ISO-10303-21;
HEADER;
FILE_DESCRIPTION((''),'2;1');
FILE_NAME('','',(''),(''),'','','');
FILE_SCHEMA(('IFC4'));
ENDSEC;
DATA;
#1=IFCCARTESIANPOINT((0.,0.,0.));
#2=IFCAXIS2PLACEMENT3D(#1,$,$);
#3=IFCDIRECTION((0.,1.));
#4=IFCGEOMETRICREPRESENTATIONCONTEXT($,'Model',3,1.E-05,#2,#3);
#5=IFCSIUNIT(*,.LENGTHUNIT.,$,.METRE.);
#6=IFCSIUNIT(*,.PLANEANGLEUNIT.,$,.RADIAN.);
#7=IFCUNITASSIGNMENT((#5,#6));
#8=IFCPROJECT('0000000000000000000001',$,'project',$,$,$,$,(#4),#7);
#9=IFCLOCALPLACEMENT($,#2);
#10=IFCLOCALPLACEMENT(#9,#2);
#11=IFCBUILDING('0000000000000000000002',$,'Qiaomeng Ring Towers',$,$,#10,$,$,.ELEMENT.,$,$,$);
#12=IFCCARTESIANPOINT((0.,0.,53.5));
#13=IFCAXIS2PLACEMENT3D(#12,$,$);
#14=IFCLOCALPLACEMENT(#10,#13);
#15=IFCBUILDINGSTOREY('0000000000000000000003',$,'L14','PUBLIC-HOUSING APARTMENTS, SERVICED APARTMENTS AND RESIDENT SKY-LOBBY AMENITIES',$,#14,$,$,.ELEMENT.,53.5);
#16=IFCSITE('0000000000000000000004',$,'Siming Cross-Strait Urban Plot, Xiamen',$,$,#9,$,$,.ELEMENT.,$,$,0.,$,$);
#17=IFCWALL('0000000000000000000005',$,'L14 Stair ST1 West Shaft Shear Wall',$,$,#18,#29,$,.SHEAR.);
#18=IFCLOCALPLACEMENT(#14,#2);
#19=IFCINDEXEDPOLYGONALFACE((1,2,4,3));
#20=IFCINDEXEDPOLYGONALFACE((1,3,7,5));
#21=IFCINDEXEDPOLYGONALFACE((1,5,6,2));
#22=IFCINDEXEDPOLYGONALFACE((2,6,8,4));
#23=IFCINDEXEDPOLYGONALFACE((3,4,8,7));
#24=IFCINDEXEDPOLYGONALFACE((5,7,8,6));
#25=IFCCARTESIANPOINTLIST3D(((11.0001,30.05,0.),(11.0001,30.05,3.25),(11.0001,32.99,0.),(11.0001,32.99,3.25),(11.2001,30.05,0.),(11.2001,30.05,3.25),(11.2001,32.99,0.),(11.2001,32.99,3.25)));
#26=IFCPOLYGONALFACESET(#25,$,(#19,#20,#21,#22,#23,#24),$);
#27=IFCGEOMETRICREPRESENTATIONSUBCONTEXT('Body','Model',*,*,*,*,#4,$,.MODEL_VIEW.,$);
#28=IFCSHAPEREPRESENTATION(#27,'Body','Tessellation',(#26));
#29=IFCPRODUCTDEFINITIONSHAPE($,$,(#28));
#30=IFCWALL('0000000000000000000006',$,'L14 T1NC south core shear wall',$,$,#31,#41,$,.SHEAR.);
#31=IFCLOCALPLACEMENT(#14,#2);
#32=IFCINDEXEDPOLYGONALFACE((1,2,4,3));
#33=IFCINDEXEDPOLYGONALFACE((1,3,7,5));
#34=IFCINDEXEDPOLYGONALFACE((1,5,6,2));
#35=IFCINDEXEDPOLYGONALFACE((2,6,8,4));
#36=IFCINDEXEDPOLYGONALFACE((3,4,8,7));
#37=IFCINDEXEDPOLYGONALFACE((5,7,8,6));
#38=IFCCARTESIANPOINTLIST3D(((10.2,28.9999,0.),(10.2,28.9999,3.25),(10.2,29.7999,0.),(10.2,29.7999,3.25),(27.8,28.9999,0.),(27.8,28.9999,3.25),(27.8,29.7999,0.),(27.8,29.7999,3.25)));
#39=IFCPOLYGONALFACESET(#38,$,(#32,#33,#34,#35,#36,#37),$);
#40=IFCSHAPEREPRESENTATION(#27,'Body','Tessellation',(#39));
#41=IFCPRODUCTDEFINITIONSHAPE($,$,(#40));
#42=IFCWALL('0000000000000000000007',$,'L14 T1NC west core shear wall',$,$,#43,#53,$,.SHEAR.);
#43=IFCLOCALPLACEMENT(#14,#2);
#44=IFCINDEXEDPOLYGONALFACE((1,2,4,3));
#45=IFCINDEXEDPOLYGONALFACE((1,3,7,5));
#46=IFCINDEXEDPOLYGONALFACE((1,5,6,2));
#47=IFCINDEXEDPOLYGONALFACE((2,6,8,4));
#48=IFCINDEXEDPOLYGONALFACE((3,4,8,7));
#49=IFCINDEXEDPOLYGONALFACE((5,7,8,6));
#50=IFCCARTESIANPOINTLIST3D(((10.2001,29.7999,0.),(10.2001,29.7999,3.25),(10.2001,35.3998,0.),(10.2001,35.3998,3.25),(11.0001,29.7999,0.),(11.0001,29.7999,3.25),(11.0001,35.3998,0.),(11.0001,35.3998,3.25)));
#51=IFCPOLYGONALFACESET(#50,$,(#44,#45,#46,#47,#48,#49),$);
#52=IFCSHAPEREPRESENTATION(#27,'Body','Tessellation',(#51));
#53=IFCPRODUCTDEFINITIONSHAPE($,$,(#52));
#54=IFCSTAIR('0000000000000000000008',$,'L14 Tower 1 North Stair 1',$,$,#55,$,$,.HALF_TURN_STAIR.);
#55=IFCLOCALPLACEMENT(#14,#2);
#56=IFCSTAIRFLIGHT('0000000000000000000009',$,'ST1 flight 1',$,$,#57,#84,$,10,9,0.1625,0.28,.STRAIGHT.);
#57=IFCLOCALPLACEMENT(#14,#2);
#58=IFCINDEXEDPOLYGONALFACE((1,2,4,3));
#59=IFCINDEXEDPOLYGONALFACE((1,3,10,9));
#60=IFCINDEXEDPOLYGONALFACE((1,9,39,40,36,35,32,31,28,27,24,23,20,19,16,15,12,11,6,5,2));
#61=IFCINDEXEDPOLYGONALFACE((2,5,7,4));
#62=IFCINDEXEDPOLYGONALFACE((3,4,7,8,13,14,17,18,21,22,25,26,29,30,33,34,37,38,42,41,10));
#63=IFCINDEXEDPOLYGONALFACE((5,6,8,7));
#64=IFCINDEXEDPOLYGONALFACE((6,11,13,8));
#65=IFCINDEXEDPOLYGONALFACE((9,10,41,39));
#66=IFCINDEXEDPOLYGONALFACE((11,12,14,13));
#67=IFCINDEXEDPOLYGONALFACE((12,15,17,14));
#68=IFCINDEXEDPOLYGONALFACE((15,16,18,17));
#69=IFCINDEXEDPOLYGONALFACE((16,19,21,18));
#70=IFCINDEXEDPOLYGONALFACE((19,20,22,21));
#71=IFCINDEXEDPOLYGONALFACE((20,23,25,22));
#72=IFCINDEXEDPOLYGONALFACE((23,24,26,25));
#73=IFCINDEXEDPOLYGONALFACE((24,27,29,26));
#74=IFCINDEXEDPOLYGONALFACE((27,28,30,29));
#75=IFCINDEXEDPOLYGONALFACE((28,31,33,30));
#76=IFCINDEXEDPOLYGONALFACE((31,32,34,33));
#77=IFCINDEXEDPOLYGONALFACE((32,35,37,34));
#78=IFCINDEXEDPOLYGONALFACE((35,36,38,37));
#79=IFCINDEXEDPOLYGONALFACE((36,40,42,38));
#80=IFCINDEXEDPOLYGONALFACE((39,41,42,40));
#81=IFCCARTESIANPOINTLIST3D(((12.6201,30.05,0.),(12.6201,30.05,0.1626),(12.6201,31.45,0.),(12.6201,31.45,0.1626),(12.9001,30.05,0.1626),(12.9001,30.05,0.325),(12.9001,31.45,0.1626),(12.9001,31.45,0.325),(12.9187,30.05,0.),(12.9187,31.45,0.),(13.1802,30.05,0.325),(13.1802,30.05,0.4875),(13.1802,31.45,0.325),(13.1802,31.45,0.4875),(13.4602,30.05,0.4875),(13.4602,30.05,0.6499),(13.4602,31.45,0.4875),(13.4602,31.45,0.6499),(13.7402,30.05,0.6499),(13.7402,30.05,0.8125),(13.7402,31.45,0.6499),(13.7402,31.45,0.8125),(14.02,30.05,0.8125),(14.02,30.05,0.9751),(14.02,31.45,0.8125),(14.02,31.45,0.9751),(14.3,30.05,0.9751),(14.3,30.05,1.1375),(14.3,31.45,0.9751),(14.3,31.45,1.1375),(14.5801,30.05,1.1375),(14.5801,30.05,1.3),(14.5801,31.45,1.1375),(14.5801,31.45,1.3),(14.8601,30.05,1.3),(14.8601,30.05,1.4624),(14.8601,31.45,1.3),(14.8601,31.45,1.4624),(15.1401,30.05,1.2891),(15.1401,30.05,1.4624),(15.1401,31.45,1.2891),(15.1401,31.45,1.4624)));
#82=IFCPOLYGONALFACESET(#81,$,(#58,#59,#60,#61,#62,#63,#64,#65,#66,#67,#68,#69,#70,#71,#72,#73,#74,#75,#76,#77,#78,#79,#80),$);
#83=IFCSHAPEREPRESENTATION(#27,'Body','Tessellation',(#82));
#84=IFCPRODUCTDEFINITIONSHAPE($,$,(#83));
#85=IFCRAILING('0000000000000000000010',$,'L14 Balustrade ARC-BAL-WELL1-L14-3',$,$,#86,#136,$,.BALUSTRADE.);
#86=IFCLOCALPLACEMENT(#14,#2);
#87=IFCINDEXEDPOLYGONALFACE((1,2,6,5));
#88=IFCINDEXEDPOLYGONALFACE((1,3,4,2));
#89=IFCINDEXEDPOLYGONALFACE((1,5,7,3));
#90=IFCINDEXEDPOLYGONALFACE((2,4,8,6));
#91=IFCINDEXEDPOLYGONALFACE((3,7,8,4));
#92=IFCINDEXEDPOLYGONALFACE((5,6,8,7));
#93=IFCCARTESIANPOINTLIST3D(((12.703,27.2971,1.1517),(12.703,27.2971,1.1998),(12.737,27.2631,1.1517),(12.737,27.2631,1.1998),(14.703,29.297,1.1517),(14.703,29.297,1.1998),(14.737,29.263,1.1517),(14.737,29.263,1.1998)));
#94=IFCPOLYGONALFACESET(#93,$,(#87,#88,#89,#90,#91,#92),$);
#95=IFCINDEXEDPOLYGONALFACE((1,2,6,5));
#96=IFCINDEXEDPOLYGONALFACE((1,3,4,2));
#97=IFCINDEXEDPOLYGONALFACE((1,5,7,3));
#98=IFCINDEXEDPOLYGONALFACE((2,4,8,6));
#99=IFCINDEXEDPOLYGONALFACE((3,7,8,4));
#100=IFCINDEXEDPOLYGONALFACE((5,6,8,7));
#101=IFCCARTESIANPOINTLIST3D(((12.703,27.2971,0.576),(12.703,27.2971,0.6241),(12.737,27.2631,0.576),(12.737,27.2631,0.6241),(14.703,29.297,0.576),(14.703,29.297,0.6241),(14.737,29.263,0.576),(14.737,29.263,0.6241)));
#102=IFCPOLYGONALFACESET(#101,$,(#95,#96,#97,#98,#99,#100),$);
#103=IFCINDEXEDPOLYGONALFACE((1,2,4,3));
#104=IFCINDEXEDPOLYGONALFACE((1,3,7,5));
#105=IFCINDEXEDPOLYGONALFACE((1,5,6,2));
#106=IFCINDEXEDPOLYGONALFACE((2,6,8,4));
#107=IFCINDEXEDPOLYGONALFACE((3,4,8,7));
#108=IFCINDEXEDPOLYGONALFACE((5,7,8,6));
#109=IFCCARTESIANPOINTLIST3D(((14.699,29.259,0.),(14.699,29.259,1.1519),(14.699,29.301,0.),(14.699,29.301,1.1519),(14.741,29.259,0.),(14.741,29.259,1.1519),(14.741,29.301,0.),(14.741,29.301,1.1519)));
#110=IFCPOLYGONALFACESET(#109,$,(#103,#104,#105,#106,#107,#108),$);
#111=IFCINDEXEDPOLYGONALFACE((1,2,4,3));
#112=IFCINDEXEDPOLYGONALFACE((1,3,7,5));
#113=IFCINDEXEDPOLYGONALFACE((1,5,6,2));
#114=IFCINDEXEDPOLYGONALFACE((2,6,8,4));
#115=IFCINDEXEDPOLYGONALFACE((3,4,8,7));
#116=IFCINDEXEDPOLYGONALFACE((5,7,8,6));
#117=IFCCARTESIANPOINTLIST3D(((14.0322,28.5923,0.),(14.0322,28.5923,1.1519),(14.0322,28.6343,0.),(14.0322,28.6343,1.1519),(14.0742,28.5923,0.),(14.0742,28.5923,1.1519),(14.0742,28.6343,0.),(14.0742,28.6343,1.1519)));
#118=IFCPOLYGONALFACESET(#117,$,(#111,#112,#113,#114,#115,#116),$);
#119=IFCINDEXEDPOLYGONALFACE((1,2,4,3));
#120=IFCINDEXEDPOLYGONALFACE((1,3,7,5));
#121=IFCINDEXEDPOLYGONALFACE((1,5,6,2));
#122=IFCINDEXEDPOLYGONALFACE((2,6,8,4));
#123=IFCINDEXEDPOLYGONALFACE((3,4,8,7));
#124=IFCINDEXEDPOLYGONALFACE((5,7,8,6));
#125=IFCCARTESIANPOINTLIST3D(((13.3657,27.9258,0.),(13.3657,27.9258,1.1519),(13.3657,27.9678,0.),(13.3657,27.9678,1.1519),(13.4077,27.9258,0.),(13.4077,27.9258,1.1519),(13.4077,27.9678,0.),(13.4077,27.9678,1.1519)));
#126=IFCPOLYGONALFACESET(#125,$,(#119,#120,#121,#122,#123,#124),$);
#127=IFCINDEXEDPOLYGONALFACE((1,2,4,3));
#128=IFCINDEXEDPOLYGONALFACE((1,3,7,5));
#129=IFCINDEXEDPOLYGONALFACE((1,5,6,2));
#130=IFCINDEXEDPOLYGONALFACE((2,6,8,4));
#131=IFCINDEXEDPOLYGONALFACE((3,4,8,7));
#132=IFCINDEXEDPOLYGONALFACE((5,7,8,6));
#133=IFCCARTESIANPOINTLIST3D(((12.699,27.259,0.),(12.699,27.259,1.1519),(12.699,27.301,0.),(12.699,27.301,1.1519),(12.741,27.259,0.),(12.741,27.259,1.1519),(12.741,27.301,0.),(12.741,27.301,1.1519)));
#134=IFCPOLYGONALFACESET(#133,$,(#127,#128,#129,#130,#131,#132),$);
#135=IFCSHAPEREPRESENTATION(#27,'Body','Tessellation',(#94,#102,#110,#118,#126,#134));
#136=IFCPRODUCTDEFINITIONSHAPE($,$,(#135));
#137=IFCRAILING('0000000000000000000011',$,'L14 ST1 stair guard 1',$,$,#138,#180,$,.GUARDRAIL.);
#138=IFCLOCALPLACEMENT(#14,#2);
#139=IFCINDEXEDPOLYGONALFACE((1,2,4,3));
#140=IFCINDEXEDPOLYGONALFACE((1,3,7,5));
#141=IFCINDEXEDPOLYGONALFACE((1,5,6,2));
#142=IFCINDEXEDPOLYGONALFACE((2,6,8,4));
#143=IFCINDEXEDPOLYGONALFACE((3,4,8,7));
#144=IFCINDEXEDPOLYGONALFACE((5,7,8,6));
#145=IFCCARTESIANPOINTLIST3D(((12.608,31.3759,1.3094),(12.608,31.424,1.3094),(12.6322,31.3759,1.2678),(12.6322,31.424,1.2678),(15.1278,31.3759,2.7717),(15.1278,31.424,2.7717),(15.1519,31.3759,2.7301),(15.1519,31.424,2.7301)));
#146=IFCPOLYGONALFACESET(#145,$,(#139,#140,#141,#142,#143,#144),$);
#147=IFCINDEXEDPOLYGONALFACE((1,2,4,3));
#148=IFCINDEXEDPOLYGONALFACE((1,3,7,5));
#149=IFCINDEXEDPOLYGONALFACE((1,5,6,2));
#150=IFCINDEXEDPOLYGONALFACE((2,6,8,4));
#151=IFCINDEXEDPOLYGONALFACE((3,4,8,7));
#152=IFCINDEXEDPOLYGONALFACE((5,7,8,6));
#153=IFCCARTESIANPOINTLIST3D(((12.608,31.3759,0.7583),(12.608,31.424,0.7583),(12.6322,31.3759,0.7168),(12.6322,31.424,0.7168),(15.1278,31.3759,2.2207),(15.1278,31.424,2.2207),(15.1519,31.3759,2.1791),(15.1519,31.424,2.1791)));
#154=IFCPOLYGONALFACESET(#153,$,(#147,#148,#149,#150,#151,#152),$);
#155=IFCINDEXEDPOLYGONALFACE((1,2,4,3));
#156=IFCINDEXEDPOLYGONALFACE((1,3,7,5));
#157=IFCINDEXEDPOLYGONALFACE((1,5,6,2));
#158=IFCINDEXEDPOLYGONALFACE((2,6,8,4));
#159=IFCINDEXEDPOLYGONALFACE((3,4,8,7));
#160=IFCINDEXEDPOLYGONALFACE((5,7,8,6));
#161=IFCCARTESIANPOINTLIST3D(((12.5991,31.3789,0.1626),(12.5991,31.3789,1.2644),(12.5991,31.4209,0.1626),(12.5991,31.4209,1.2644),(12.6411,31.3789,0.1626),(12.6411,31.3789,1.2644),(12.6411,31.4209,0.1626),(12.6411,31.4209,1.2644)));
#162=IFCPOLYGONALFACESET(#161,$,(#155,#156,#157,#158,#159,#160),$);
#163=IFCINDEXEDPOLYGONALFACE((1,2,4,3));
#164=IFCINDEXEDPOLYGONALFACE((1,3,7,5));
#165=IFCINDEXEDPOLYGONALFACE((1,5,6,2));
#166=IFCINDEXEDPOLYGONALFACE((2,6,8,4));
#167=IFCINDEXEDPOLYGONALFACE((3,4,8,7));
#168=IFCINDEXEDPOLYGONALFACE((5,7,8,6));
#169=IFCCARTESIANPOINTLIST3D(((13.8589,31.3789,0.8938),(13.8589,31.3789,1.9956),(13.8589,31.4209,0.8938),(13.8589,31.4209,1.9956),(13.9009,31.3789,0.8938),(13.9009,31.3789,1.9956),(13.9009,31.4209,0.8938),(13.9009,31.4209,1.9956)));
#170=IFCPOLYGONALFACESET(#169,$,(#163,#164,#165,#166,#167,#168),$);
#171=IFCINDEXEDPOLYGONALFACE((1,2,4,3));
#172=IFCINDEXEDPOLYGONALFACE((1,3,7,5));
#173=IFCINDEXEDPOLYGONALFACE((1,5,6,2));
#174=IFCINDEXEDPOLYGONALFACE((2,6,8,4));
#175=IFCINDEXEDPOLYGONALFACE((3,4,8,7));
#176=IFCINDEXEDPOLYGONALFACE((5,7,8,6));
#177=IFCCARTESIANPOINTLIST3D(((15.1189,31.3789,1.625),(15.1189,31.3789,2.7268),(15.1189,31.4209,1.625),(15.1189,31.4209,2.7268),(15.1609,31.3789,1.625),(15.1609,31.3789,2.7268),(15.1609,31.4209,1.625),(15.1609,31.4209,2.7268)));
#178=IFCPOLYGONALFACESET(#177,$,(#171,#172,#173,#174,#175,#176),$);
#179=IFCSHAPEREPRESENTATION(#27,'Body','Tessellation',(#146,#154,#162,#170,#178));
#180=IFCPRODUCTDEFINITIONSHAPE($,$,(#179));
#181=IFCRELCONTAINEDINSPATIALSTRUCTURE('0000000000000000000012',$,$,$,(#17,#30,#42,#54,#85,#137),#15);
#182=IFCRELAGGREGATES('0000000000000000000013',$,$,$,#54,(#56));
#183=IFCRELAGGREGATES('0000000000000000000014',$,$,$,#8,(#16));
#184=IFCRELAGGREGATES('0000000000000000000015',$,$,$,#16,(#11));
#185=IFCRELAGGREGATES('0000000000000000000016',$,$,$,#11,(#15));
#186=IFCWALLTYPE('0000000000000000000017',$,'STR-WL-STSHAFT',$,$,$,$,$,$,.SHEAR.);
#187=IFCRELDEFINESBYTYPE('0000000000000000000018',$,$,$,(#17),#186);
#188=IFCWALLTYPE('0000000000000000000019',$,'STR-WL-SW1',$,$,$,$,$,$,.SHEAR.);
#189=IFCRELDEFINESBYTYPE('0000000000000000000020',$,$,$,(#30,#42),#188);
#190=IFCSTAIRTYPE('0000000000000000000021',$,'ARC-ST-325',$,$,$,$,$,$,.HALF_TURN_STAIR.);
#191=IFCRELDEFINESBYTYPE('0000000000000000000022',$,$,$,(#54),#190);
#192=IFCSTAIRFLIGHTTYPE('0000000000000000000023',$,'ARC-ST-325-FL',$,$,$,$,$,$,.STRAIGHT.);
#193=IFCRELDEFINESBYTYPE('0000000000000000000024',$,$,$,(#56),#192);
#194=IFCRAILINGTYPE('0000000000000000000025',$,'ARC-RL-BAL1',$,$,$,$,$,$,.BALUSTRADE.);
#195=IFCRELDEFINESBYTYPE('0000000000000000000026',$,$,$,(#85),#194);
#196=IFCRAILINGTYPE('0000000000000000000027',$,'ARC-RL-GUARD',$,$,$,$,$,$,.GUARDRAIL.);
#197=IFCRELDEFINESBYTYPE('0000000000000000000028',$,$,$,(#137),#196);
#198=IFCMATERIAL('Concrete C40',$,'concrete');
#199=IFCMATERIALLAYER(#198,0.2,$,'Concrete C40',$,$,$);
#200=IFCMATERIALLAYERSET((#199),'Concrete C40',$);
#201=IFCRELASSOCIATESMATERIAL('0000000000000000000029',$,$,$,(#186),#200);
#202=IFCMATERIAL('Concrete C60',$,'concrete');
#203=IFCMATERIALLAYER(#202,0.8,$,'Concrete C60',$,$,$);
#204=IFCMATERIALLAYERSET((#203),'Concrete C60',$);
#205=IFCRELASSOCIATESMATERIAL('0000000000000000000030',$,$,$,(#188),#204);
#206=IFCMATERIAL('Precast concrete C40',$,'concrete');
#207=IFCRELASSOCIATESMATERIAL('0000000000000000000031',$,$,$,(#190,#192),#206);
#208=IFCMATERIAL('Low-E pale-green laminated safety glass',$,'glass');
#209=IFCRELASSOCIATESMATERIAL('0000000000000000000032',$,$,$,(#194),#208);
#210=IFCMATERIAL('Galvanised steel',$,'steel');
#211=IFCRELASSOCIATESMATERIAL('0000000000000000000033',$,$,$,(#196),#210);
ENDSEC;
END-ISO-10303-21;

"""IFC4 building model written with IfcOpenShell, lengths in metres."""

from ifc_helpers import new_model, si_unit, direction, frame, frame_2d, origin, origin_2d, place, context, subcontext, project, spatial, polyline, rectangle, outline, extrude, source, transform, mapped, material, layer, layer_set, type_object, element, aggregate, save


model = new_model("IFC4")

# Units and contexts
model_context = context("Model", 3, precision=1e-05, world=origin(), true_north=direction((0.0, 1.0)))
body_context = subcontext(model_context, "Body", "Model", "MODEL_VIEW")
ifc_project = project(units=[si_unit("LENGTHUNIT", "METRE"), si_unit("PLANEANGLEUNIT", "RADIAN")], contexts=[model_context])

# Site, building, storey
site_placement = place(None, origin())
site = spatial("IfcSite", under=ifc_project, at=site_placement, Name="Siming Cross-Strait Urban Plot, Xiamen", CompositionType="ELEMENT", RefElevation=0.0)
building_placement = place(site_placement, origin())
building = spatial("IfcBuilding", under=site, at=building_placement, Name="Qiaomeng Ring Towers", CompositionType="ELEMENT")
storey_placement = place(building_placement, frame((0.0, 0.0, 53.5)))
storey = spatial("IfcBuildingStorey", under=building, at=storey_placement, Name="L14", Description="PUBLIC-HOUSING APARTMENTS, SERVICED APARTMENTS AND RESIDENT SKY-LOBBY AMENITIES", CompositionType="ELEMENT", Elevation=53.5)

# Shared definitions
ifc_material_1 = material(Name="Concrete C60", Category="concrete")

# Walls
ifc_material_2 = material(Name="Concrete C40", Category="concrete")
ifc_layer_1 = layer(ifc_material_2, 0.2, Name="Concrete C40")
ifc_layer_set_1 = layer_set([ifc_layer_1], Name="Concrete C40")
wall_type_1 = type_object("IfcWallType", Name="STR-WL-STSHAFT", PredefinedType="SHEAR", material=ifc_layer_set_1)
wall_1_placement = place(storey_placement, frame((11.1001, 30.05, 0.0), z_axis=(0.0, 0.0, 1.0), x_axis=(0.0, 1.0, 0.0)))
element("IfcWall", 1, at=wall_1_placement, inside=storey, type_object=wall_type_1, Name="L14 Stair ST1 West Shaft Shear Wall", PredefinedType="SHEAR", context=body_context, shape_type="SweptSolid", body=[
    extrude(rectangle(XDim=2.9399, YDim=0.2, at=frame_2d((1.47, 0.0))), origin(), (0.0, 0.0, 1.0), 3.25),
])
ifc_layer_2 = layer(ifc_material_1, 0.8, Name="Concrete C60")
ifc_layer_set_2 = layer_set([ifc_layer_2], Name="Concrete C60")
wall_type_2 = type_object("IfcWallType", Name="STR-WL-SW1", PredefinedType="SHEAR", material=ifc_layer_set_2)
wall_2_placement = place(storey_placement, frame((10.2, 29.3999, 0.0), z_axis=(0.0, 0.0, 1.0), x_axis=(1.0, 0.0, 0.0)))
element("IfcWall", 2, at=wall_2_placement, inside=storey, type_object=wall_type_2, Name="L14 T1NC south core shear wall", PredefinedType="SHEAR", context=body_context, shape_type="SweptSolid", body=[
    extrude(rectangle(XDim=17.6001, YDim=0.8, at=frame_2d((8.8, 0.0))), origin(), (0.0, 0.0, 1.0), 3.25),
])
wall_3_placement = place(storey_placement, frame((10.6001, 29.8, 0.0), z_axis=(0.0, 0.0, 1.0), x_axis=(0.0, 1.0, 0.0)))
element("IfcWall", 3, at=wall_3_placement, inside=storey, type_object=wall_type_2, Name="L14 T1NC west core shear wall", PredefinedType="SHEAR", context=body_context, shape_type="SweptSolid", body=[
    extrude(rectangle(XDim=5.5999, YDim=0.8, at=frame_2d((2.7998, 0.0))), origin(), (0.0, 0.0, 1.0), 3.25),
])

# Stair, stair flight
ifc_material_3 = material(Name="Precast concrete C40", Category="concrete")
stair_type = type_object("IfcStairType", Name="ARC-ST-325", PredefinedType="HALF_TURN_STAIR", material=ifc_material_3)
stair_placement = place(storey_placement, origin())
stair = element("IfcStair", 4, at=stair_placement, inside=storey, type_object=stair_type, Name="L14 Tower 1 North Stair 1", PredefinedType="HALF_TURN_STAIR")
stair_flight_type = type_object("IfcStairFlightType", Name="ARC-ST-325-FL", PredefinedType="STRAIGHT", material=ifc_material_3)
shared_shape_1 = source(origin(), body_context, "Body", "SweptSolid", [
    extrude(outline(polyline([(0.0, 0.0), (0.0, 0.1626), (0.28, 0.1626), (0.28, 0.325), (0.5601, 0.325), (0.5601, 0.4875), (0.8401, 0.4875), (0.8401, 0.6499), (1.1201, 0.6499), (1.1201, 0.8125), (1.3999, 0.8125), (1.3999, 0.9751), (1.6799, 0.9751), (1.6799, 1.1375), (1.96, 1.1375), (1.96, 1.3), (2.24, 1.3), (2.24, 1.4624), (2.52, 1.4624), (2.52, 1.625), (2.52, 1.2891), (0.2986, 0.0), (0.0, 0.0)])), frame((0.0, 0.7, 0.0), z_axis=(0.0, -1.0, 0.0), x_axis=(1.0, 0.0, 0.0)), (0.0, 0.0, 1.0), 1.3999),
])
stair_flight_placement = place(storey_placement, frame((12.6201, 30.75, 0.0), z_axis=(0.0, 0.0, 1.0), x_axis=(1.0, 0.0, 0.0)))
stair_flight = element("IfcStairFlight", 5, at=stair_flight_placement, type_object=stair_flight_type, Name="ST1 flight 1", NumberOfRisers=10, NumberOfTreads=9, PredefinedType="STRAIGHT", RiserHeight=0.1625, TreadLength=0.28, context=body_context, shape_type="MappedRepresentation", body=[
    mapped(shared_shape_1, transform((0.0, 0.0, 0.0), x_axis=(1.0, 0.0, 0.0), y_axis=(0.0, 1.0, 0.0), z_axis=(0.0, 0.0, 1.0), scale=1.0)),
])
aggregate(stair, [stair_flight])

# Railings
ifc_material_4 = material(Name="Low-E pale-green laminated safety glass", Category="glass")
railing_type_1 = type_object("IfcRailingType", Name="ARC-RL-BAL1", PredefinedType="BALUSTRADE", material=ifc_material_4)
railing_1_placement = place(storey_placement, frame((14.72, 29.28, 0.0)))
element("IfcRailing", 6, at=railing_1_placement, inside=storey, type_object=railing_type_1, Name="L14 Balustrade ARC-BAL-WELL1-L14-3", PredefinedType="BALUSTRADE", context=body_context, shape_type="SweptSolid", body=[
    extrude(rectangle(XDim=0.0481, YDim=0.0481, at=origin_2d()), frame((0.0, 0.0, 1.1758), z_axis=(-0.707107, -0.707107, 0.0), x_axis=(0.707107, -0.707107, 0.0)), (0.0, 0.0, 1.0), 2.8284),
    extrude(rectangle(XDim=0.0481, YDim=0.0481, at=origin_2d()), frame((0.0, 0.0, 0.6001), z_axis=(-0.707107, -0.707107, 0.0), x_axis=(0.707107, -0.707107, 0.0)), (0.0, 0.0, 1.0), 2.8284),
    extrude(rectangle(XDim=0.042, YDim=0.042, at=origin_2d()), origin(), (0.0, 0.0, 1.0), 1.1519),
    extrude(rectangle(XDim=0.042, YDim=0.042, at=origin_2d()), frame((-0.6667, -0.6667, 0.0)), (0.0, 0.0, 1.0), 1.1519),
    extrude(rectangle(XDim=0.042, YDim=0.042, at=origin_2d()), frame((-1.3333, -1.3333, 0.0)), (0.0, 0.0, 1.0), 1.1519),
    extrude(rectangle(XDim=0.042, YDim=0.042, at=origin_2d()), frame((-2.0, -2.0, 0.0)), (0.0, 0.0, 1.0), 1.1519),
])
ifc_material_5 = material(Name="Galvanised steel", Category="steel")
railing_type_2 = type_object("IfcRailingType", Name="ARC-RL-GUARD", PredefinedType="GUARDRAIL", material=ifc_material_5)
railing_2_placement = place(storey_placement, frame((12.6201, 31.3999, 0.1626)))
element("IfcRailing", 7, at=railing_2_placement, inside=storey, type_object=railing_type_2, Name="L14 ST1 stair guard 1", PredefinedType="GUARDRAIL", context=body_context, shape_type="SweptSolid", body=[
    extrude(rectangle(XDim=0.0481, YDim=0.0481, at=origin_2d()), frame((0.0, 0.0, 1.126), z_axis=(0.864892, 0.0, 0.501958), x_axis=(0.0, 1.0, 0.0)), (0.0, 0.0, 1.0), 2.9133),
    extrude(rectangle(XDim=0.0481, YDim=0.0481, at=origin_2d()), frame((0.0, 0.0, 0.575), z_axis=(0.864892, 0.0, 0.501958), x_axis=(0.0, 1.0, 0.0)), (0.0, 0.0, 1.0), 2.9133),
    extrude(rectangle(XDim=0.042, YDim=0.042, at=origin_2d()), origin(), (0.0, 0.0, 1.0), 1.1018),
    extrude(rectangle(XDim=0.042, YDim=0.042, at=origin_2d()), frame((1.2598, 0.0, 0.7312)), (0.0, 0.0, 1.0), 1.1018),
    extrude(rectangle(XDim=0.042, YDim=0.042, at=origin_2d()), frame((2.5198, 0.0, 1.4624)), (0.0, 0.0, 1.0), 1.1018),
])

save(model, "model.ifc")
